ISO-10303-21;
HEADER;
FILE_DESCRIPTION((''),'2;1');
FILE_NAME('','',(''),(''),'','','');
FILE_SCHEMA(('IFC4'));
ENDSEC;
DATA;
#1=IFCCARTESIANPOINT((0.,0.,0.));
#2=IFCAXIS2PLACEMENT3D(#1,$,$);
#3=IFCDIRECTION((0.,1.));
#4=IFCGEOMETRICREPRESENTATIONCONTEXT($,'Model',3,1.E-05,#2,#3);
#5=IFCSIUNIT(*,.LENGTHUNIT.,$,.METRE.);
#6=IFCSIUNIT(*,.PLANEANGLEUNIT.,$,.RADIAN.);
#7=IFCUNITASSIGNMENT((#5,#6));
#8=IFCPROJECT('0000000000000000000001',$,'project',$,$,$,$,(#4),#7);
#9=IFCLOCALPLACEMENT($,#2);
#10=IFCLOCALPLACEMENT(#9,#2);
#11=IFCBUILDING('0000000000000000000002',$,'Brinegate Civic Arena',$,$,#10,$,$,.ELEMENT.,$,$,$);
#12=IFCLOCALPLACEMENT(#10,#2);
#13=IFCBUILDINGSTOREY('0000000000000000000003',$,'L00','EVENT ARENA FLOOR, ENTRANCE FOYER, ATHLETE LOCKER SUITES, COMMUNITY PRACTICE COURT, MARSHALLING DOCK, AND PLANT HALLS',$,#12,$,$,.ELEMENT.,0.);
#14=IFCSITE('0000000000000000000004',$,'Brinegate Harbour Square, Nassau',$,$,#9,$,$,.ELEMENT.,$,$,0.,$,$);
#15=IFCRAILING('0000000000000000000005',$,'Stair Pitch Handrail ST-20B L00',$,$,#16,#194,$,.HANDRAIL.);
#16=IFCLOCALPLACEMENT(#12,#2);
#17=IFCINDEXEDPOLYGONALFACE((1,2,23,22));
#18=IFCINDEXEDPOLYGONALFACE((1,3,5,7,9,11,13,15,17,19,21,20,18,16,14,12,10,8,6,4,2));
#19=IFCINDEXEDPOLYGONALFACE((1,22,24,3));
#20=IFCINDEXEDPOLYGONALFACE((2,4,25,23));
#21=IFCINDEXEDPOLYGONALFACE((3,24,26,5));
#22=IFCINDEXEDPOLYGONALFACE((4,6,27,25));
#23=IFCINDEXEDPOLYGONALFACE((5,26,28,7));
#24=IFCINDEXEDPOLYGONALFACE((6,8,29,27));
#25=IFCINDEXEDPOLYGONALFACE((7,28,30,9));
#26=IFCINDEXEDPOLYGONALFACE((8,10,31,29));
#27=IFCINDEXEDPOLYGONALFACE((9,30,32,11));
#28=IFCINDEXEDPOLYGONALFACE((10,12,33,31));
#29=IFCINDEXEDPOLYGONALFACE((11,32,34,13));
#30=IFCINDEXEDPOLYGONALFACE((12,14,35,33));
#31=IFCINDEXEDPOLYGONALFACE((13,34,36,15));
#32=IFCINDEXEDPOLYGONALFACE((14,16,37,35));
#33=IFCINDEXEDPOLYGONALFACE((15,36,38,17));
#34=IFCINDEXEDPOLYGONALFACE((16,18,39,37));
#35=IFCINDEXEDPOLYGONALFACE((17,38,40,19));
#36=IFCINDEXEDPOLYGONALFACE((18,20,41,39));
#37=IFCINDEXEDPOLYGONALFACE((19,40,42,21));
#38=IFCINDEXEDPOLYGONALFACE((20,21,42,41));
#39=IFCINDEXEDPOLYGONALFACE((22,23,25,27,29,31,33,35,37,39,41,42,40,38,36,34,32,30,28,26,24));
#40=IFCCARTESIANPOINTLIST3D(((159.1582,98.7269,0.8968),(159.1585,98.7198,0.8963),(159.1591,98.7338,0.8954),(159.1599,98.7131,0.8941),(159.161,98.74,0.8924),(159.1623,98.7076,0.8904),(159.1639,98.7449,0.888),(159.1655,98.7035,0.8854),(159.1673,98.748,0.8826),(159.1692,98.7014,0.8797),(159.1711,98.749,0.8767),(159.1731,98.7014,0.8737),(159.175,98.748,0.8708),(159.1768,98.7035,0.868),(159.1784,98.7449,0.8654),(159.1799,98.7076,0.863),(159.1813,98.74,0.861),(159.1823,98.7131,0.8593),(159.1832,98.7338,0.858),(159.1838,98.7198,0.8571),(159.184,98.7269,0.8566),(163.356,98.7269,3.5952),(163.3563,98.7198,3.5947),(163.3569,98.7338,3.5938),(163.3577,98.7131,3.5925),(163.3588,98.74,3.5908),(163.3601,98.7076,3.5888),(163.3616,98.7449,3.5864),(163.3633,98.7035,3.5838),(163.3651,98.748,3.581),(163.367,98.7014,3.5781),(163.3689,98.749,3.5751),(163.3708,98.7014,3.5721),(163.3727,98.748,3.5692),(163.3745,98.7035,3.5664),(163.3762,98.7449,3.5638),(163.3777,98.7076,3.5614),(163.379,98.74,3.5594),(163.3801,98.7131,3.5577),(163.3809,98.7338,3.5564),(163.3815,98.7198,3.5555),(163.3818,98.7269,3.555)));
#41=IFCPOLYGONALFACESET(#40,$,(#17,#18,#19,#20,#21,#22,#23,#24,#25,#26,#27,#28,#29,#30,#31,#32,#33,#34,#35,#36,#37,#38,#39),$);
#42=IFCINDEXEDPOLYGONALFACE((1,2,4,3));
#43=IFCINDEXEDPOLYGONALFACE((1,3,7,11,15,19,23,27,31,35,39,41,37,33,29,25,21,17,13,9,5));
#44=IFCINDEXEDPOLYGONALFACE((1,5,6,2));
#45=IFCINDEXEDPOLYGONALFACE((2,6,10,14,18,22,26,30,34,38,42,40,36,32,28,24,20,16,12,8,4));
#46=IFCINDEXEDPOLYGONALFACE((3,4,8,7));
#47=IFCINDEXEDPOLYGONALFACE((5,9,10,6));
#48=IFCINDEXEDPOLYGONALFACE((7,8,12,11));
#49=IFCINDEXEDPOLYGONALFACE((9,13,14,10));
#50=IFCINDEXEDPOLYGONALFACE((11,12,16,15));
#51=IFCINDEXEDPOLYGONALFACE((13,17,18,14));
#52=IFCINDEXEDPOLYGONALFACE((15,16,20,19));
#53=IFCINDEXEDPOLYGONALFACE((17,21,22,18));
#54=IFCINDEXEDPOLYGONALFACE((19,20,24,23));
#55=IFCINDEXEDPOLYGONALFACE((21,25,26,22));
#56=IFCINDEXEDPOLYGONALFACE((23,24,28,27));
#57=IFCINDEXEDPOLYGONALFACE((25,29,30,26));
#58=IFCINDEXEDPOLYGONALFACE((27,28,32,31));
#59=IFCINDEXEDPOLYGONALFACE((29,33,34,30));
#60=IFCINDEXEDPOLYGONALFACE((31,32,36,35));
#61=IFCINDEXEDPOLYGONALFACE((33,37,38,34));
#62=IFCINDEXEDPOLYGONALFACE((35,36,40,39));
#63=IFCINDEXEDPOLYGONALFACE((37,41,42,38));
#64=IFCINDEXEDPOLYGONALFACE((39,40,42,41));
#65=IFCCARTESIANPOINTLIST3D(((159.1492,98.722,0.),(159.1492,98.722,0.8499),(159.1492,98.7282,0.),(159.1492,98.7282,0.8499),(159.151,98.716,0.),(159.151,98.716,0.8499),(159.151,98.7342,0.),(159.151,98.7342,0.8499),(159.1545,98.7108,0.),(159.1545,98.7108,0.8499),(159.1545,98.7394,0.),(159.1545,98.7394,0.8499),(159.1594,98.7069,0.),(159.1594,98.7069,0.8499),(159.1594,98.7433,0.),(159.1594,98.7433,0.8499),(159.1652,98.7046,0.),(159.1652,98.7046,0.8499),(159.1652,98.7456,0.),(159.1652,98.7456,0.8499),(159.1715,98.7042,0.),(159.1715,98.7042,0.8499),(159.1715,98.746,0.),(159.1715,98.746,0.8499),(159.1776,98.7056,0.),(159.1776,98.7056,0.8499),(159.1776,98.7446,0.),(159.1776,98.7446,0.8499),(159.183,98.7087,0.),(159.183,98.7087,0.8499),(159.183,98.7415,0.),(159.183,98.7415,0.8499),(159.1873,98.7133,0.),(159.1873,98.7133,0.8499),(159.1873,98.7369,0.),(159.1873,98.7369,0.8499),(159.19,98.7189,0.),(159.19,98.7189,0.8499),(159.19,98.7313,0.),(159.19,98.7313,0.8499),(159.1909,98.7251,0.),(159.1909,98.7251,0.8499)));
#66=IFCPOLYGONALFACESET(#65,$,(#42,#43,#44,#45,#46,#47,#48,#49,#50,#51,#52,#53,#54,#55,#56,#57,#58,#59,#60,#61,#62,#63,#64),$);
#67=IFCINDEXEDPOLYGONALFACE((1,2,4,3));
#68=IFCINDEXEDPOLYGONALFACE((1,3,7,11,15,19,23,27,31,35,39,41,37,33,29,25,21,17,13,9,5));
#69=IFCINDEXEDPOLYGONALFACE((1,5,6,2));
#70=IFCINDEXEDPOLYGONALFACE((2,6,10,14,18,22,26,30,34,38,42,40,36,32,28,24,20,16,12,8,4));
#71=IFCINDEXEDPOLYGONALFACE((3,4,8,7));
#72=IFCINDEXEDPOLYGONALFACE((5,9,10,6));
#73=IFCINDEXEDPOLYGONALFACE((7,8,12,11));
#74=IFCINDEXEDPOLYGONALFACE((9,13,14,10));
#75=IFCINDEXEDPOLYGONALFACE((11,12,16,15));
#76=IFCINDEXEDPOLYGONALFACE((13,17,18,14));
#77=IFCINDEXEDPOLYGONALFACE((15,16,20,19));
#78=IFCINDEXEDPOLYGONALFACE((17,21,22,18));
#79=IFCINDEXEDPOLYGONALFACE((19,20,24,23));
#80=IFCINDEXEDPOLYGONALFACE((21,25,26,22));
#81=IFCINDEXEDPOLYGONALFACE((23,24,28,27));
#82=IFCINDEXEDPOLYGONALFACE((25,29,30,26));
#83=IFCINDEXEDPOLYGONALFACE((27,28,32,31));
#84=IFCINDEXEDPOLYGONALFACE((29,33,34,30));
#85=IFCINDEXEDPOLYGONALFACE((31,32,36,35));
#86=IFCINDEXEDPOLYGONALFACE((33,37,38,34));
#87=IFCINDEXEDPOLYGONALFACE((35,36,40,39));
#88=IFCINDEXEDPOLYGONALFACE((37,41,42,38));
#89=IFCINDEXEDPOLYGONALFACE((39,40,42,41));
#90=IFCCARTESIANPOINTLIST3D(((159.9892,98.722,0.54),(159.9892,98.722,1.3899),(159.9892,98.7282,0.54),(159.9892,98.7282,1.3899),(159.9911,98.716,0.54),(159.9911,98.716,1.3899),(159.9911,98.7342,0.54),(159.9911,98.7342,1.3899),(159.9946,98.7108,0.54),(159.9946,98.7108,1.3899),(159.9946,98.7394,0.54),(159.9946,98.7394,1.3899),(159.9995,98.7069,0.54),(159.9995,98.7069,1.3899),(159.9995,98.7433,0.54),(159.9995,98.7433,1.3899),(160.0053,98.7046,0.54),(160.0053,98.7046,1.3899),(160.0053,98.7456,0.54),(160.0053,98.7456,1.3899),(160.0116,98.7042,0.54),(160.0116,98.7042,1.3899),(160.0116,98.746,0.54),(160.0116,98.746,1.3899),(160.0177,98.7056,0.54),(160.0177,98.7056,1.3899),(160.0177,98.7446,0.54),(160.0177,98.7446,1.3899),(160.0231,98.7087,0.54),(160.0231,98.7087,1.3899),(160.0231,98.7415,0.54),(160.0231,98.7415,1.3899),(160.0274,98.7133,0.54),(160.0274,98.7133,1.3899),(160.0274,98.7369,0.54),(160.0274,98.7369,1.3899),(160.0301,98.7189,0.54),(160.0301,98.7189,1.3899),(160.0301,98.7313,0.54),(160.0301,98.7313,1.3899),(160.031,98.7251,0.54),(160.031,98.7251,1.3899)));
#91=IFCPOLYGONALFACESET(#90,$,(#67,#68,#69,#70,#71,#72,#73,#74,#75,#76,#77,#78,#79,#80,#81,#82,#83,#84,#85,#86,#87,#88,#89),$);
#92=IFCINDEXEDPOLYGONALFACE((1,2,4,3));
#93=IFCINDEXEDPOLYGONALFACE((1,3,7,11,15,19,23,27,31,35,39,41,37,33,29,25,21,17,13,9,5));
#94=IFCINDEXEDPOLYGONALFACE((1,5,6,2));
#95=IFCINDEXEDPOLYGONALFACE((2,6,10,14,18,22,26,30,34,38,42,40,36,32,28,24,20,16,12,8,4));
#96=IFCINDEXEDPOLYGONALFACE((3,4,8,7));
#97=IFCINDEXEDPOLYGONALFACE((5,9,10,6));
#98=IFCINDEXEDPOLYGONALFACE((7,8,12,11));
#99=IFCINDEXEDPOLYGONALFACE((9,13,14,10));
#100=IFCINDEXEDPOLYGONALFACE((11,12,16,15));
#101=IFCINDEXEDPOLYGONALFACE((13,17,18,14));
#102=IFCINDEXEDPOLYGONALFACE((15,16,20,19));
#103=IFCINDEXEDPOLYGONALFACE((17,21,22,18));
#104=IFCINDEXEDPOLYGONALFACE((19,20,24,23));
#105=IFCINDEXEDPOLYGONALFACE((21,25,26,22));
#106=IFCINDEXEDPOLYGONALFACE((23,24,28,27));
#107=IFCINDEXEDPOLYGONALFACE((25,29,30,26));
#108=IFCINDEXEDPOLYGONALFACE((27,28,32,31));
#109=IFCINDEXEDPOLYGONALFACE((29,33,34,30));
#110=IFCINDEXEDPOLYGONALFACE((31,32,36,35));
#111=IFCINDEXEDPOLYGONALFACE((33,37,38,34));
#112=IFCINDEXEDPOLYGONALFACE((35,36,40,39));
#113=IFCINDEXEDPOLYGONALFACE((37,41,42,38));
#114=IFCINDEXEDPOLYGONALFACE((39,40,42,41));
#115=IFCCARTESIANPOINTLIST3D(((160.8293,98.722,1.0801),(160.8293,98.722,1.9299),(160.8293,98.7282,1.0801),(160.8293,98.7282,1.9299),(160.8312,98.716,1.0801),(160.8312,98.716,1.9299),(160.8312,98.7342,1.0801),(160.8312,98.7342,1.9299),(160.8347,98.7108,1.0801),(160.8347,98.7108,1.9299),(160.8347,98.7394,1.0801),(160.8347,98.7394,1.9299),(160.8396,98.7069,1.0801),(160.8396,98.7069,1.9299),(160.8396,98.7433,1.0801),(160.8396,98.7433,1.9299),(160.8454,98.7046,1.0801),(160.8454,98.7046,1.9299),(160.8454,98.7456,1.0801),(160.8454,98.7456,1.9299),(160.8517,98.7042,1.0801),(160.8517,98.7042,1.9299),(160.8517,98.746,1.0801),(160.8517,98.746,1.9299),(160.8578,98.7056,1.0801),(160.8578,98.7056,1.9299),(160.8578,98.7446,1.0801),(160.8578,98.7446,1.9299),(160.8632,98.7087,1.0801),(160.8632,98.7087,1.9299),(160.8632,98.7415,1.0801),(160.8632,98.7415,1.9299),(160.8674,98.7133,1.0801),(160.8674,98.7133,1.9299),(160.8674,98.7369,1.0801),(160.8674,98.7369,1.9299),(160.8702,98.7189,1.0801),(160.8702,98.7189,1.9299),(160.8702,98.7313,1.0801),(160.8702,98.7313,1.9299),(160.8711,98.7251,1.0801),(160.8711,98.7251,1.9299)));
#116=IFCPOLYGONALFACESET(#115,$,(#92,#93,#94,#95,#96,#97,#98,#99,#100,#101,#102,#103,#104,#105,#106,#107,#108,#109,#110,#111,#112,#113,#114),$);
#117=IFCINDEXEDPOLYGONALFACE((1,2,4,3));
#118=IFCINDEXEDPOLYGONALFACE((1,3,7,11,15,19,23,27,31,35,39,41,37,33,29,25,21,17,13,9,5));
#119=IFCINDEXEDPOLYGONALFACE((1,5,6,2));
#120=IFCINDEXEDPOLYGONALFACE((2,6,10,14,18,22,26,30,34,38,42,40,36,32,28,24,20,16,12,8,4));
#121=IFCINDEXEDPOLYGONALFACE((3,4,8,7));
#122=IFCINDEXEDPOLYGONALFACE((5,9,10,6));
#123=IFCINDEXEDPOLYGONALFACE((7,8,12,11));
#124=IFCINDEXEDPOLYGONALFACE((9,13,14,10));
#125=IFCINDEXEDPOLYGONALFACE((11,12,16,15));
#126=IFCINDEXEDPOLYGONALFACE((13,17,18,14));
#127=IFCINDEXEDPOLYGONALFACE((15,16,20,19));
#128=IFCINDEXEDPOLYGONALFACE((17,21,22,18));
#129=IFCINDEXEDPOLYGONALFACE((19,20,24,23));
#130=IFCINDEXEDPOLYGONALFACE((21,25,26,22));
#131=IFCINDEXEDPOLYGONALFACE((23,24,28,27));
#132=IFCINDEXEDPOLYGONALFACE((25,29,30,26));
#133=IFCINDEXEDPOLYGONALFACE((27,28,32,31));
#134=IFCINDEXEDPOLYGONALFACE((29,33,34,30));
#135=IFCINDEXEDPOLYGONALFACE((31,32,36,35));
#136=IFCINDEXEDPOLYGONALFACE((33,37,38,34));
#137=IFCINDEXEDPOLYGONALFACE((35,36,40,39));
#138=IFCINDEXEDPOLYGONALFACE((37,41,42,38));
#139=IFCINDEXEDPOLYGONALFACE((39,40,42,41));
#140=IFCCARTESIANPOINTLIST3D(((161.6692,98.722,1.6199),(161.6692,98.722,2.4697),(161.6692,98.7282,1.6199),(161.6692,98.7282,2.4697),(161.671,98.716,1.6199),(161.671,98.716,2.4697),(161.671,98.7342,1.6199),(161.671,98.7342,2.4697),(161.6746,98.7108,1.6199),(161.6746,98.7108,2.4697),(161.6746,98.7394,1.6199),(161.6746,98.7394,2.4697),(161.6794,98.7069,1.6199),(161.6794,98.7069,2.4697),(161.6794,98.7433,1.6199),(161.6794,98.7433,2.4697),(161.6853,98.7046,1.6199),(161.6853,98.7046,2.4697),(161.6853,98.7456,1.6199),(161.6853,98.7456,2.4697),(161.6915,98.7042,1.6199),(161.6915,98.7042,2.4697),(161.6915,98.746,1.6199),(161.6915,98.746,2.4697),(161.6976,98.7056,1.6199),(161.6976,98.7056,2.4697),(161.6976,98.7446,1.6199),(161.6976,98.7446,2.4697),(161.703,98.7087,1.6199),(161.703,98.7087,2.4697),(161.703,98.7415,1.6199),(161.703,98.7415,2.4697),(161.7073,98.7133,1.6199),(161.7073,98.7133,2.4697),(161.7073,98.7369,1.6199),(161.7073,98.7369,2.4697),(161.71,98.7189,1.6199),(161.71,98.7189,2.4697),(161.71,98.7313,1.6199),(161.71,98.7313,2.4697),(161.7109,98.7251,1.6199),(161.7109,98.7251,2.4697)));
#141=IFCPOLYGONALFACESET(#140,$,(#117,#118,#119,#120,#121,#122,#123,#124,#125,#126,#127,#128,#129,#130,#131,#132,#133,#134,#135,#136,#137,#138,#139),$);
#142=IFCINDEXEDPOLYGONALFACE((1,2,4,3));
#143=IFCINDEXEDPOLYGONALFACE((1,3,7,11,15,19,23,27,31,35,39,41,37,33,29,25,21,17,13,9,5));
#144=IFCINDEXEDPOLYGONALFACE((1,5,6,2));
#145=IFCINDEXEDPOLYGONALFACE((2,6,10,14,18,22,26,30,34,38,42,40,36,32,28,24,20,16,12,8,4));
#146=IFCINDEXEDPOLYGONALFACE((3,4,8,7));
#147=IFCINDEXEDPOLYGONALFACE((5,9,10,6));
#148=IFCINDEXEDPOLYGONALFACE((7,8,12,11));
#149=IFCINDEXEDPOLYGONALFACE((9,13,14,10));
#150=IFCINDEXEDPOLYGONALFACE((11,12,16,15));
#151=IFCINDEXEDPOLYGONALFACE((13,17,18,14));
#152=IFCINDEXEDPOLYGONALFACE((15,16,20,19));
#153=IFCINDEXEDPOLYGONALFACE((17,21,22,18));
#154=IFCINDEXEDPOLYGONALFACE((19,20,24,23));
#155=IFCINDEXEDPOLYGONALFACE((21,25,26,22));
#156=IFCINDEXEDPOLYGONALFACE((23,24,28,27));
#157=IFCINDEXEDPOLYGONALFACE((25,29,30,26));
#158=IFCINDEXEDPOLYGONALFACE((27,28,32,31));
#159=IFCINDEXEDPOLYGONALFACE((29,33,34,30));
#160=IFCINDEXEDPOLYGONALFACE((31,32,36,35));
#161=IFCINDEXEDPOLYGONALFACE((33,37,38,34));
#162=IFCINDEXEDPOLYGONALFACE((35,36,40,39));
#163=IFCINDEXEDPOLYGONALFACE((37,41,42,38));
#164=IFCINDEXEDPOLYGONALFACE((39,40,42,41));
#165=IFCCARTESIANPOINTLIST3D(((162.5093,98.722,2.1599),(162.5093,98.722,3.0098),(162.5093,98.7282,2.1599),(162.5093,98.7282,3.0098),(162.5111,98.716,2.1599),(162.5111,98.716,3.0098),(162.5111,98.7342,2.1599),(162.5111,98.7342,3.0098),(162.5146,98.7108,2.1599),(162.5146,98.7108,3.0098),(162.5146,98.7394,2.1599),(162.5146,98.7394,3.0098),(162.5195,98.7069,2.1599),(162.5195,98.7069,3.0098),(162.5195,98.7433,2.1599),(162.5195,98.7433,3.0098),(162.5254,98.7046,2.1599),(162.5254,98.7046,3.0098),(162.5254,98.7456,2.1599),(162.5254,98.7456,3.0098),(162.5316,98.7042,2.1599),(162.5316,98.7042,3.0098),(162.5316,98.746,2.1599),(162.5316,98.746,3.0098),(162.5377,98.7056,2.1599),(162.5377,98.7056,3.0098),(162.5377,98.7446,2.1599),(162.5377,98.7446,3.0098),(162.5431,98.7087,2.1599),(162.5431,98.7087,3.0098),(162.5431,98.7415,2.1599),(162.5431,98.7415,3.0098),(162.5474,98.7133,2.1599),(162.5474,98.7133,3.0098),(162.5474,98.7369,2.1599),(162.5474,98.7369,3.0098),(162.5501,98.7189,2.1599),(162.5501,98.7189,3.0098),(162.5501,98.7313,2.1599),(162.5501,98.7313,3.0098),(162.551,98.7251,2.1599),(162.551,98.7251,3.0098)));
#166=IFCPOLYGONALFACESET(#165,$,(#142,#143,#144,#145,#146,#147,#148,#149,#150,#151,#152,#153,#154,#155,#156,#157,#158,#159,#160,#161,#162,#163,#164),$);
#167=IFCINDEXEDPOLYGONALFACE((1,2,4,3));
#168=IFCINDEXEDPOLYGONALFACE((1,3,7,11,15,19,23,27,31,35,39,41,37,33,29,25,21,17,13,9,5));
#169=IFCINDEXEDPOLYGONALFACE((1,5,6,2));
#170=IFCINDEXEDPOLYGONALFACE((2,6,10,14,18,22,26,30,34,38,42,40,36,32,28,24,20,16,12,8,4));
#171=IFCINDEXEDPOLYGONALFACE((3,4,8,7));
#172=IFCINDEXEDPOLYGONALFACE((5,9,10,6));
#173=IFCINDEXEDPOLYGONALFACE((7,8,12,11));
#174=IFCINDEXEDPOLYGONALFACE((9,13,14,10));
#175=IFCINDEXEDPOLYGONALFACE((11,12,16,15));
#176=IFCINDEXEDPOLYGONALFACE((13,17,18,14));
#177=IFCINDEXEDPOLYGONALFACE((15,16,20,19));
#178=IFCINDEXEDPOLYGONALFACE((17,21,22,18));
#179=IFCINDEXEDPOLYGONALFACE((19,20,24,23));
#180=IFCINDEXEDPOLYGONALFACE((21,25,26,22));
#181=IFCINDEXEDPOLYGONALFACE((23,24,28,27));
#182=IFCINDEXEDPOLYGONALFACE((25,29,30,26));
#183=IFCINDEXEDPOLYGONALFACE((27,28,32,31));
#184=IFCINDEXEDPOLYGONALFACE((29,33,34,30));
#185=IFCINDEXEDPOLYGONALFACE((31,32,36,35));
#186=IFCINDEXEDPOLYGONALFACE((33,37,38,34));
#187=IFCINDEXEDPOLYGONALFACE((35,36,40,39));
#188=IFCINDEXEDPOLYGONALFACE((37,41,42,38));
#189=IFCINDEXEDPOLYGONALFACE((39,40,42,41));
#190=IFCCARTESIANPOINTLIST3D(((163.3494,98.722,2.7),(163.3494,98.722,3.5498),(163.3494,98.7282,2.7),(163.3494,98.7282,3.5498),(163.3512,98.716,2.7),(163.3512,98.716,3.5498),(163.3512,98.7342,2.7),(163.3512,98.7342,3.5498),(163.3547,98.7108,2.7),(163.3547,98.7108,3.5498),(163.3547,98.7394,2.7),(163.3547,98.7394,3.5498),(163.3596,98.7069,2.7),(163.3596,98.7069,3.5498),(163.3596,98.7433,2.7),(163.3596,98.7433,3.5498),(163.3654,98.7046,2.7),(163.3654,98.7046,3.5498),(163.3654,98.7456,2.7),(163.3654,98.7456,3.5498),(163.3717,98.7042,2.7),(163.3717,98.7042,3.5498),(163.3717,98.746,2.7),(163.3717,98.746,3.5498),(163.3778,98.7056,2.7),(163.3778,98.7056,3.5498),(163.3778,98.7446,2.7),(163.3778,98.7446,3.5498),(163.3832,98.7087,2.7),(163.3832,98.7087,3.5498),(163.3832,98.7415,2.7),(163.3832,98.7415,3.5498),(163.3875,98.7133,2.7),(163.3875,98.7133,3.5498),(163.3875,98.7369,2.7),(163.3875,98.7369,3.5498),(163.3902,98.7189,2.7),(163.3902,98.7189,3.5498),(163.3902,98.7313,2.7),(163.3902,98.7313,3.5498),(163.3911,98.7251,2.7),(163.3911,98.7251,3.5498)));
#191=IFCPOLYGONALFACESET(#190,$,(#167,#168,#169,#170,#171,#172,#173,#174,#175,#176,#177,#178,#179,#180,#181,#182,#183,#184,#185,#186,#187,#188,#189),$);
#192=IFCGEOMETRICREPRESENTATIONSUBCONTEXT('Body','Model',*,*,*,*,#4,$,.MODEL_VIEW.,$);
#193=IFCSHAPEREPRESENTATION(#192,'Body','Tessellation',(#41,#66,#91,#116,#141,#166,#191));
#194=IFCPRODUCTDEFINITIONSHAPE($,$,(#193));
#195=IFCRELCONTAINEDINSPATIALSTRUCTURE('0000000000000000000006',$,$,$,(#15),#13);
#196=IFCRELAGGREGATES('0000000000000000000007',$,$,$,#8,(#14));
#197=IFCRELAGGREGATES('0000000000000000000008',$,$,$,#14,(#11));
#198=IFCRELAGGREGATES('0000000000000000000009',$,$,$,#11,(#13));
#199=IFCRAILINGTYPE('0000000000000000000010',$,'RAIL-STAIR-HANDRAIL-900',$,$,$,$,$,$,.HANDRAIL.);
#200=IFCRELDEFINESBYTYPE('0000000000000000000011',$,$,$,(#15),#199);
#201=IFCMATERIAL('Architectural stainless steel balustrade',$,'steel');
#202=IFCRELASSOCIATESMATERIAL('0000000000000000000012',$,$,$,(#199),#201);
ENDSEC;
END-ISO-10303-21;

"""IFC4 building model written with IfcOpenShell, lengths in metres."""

from ifc_helpers import new_model, si_unit, direction, frame, origin, origin_2d, place, context, subcontext, project, spatial, circle, extrude, material, type_object, element, save


model = new_model("IFC4")

# Units and contexts
model_context = context("Model", 3, precision=1e-05, world=origin(), true_north=direction((0.0, 1.0)))
body_context = subcontext(model_context, "Body", "Model", "MODEL_VIEW")
ifc_project = project(units=[si_unit("LENGTHUNIT", "METRE"), si_unit("PLANEANGLEUNIT", "RADIAN")], contexts=[model_context])

# Site, building, storey
site_placement = place(None, origin())
site = spatial("IfcSite", under=ifc_project, at=site_placement, Name="Brinegate Harbour Square, Nassau", CompositionType="ELEMENT", RefElevation=0.0)
building_placement = place(site_placement, origin())
building = spatial("IfcBuilding", under=site, at=building_placement, Name="Brinegate Civic Arena", CompositionType="ELEMENT")
storey_placement = place(building_placement, origin())
storey = spatial("IfcBuildingStorey", under=building, at=storey_placement, Name="L00", Description="EVENT ARENA FLOOR, ENTRANCE FOYER, ATHLETE LOCKER SUITES, COMMUNITY PRACTICE COURT, MARSHALLING DOCK, AND PLANT HALLS", CompositionType="ELEMENT", Elevation=0.0)

# Railing
ifc_material_1 = material(Name="Architectural stainless steel balustrade", Category="steel")
railing_type = type_object("IfcRailingType", Name="RAIL-STAIR-HANDRAIL-900", PredefinedType="HANDRAIL", material=ifc_material_1)
for number, where, name in (
    (1, (159.1699, 98.7251, 0.0), "Stair Pitch Handrail ST-20B L00"),
):
    element("IfcRailing", number, at=place(storey_placement, frame(where)), inside=storey, type_object=railing_type, Name=name, PredefinedType="HANDRAIL", context=body_context, shape_type="SweptSolid", body=[
        extrude(circle(Radius=0.0239, at=origin_2d()), frame((0.0012, 0.0, 0.8767), z_axis=(0.841194, 0.0, 0.540733), x_axis=(0.0, 1.0, 0.0)), (0.0, 0.0, 1.0), 4.9902),
        extrude(circle(Radius=0.021, at=origin_2d()), origin(), (0.0, 0.0, 1.0), 0.8499),
        extrude(circle(Radius=0.021, at=origin_2d()), frame((0.8401, 0.0, 0.54)), (0.0, 0.0, 1.0), 0.8499),
        extrude(circle(Radius=0.021, at=origin_2d()), frame((1.6802, 0.0, 1.0801)), (0.0, 0.0, 1.0), 0.8499),
        extrude(circle(Radius=0.021, at=origin_2d()), frame((2.52, 0.0, 1.6199)), (0.0, 0.0, 1.0), 0.8499),
        extrude(circle(Radius=0.021, at=origin_2d()), frame((3.3601, 0.0, 2.1599)), (0.0, 0.0, 1.0), 0.8499),
        extrude(circle(Radius=0.021, at=origin_2d()), frame((4.2002, 0.0, 2.7)), (0.0, 0.0, 1.0), 0.8499),
    ])

save(model, "model.ifc")
